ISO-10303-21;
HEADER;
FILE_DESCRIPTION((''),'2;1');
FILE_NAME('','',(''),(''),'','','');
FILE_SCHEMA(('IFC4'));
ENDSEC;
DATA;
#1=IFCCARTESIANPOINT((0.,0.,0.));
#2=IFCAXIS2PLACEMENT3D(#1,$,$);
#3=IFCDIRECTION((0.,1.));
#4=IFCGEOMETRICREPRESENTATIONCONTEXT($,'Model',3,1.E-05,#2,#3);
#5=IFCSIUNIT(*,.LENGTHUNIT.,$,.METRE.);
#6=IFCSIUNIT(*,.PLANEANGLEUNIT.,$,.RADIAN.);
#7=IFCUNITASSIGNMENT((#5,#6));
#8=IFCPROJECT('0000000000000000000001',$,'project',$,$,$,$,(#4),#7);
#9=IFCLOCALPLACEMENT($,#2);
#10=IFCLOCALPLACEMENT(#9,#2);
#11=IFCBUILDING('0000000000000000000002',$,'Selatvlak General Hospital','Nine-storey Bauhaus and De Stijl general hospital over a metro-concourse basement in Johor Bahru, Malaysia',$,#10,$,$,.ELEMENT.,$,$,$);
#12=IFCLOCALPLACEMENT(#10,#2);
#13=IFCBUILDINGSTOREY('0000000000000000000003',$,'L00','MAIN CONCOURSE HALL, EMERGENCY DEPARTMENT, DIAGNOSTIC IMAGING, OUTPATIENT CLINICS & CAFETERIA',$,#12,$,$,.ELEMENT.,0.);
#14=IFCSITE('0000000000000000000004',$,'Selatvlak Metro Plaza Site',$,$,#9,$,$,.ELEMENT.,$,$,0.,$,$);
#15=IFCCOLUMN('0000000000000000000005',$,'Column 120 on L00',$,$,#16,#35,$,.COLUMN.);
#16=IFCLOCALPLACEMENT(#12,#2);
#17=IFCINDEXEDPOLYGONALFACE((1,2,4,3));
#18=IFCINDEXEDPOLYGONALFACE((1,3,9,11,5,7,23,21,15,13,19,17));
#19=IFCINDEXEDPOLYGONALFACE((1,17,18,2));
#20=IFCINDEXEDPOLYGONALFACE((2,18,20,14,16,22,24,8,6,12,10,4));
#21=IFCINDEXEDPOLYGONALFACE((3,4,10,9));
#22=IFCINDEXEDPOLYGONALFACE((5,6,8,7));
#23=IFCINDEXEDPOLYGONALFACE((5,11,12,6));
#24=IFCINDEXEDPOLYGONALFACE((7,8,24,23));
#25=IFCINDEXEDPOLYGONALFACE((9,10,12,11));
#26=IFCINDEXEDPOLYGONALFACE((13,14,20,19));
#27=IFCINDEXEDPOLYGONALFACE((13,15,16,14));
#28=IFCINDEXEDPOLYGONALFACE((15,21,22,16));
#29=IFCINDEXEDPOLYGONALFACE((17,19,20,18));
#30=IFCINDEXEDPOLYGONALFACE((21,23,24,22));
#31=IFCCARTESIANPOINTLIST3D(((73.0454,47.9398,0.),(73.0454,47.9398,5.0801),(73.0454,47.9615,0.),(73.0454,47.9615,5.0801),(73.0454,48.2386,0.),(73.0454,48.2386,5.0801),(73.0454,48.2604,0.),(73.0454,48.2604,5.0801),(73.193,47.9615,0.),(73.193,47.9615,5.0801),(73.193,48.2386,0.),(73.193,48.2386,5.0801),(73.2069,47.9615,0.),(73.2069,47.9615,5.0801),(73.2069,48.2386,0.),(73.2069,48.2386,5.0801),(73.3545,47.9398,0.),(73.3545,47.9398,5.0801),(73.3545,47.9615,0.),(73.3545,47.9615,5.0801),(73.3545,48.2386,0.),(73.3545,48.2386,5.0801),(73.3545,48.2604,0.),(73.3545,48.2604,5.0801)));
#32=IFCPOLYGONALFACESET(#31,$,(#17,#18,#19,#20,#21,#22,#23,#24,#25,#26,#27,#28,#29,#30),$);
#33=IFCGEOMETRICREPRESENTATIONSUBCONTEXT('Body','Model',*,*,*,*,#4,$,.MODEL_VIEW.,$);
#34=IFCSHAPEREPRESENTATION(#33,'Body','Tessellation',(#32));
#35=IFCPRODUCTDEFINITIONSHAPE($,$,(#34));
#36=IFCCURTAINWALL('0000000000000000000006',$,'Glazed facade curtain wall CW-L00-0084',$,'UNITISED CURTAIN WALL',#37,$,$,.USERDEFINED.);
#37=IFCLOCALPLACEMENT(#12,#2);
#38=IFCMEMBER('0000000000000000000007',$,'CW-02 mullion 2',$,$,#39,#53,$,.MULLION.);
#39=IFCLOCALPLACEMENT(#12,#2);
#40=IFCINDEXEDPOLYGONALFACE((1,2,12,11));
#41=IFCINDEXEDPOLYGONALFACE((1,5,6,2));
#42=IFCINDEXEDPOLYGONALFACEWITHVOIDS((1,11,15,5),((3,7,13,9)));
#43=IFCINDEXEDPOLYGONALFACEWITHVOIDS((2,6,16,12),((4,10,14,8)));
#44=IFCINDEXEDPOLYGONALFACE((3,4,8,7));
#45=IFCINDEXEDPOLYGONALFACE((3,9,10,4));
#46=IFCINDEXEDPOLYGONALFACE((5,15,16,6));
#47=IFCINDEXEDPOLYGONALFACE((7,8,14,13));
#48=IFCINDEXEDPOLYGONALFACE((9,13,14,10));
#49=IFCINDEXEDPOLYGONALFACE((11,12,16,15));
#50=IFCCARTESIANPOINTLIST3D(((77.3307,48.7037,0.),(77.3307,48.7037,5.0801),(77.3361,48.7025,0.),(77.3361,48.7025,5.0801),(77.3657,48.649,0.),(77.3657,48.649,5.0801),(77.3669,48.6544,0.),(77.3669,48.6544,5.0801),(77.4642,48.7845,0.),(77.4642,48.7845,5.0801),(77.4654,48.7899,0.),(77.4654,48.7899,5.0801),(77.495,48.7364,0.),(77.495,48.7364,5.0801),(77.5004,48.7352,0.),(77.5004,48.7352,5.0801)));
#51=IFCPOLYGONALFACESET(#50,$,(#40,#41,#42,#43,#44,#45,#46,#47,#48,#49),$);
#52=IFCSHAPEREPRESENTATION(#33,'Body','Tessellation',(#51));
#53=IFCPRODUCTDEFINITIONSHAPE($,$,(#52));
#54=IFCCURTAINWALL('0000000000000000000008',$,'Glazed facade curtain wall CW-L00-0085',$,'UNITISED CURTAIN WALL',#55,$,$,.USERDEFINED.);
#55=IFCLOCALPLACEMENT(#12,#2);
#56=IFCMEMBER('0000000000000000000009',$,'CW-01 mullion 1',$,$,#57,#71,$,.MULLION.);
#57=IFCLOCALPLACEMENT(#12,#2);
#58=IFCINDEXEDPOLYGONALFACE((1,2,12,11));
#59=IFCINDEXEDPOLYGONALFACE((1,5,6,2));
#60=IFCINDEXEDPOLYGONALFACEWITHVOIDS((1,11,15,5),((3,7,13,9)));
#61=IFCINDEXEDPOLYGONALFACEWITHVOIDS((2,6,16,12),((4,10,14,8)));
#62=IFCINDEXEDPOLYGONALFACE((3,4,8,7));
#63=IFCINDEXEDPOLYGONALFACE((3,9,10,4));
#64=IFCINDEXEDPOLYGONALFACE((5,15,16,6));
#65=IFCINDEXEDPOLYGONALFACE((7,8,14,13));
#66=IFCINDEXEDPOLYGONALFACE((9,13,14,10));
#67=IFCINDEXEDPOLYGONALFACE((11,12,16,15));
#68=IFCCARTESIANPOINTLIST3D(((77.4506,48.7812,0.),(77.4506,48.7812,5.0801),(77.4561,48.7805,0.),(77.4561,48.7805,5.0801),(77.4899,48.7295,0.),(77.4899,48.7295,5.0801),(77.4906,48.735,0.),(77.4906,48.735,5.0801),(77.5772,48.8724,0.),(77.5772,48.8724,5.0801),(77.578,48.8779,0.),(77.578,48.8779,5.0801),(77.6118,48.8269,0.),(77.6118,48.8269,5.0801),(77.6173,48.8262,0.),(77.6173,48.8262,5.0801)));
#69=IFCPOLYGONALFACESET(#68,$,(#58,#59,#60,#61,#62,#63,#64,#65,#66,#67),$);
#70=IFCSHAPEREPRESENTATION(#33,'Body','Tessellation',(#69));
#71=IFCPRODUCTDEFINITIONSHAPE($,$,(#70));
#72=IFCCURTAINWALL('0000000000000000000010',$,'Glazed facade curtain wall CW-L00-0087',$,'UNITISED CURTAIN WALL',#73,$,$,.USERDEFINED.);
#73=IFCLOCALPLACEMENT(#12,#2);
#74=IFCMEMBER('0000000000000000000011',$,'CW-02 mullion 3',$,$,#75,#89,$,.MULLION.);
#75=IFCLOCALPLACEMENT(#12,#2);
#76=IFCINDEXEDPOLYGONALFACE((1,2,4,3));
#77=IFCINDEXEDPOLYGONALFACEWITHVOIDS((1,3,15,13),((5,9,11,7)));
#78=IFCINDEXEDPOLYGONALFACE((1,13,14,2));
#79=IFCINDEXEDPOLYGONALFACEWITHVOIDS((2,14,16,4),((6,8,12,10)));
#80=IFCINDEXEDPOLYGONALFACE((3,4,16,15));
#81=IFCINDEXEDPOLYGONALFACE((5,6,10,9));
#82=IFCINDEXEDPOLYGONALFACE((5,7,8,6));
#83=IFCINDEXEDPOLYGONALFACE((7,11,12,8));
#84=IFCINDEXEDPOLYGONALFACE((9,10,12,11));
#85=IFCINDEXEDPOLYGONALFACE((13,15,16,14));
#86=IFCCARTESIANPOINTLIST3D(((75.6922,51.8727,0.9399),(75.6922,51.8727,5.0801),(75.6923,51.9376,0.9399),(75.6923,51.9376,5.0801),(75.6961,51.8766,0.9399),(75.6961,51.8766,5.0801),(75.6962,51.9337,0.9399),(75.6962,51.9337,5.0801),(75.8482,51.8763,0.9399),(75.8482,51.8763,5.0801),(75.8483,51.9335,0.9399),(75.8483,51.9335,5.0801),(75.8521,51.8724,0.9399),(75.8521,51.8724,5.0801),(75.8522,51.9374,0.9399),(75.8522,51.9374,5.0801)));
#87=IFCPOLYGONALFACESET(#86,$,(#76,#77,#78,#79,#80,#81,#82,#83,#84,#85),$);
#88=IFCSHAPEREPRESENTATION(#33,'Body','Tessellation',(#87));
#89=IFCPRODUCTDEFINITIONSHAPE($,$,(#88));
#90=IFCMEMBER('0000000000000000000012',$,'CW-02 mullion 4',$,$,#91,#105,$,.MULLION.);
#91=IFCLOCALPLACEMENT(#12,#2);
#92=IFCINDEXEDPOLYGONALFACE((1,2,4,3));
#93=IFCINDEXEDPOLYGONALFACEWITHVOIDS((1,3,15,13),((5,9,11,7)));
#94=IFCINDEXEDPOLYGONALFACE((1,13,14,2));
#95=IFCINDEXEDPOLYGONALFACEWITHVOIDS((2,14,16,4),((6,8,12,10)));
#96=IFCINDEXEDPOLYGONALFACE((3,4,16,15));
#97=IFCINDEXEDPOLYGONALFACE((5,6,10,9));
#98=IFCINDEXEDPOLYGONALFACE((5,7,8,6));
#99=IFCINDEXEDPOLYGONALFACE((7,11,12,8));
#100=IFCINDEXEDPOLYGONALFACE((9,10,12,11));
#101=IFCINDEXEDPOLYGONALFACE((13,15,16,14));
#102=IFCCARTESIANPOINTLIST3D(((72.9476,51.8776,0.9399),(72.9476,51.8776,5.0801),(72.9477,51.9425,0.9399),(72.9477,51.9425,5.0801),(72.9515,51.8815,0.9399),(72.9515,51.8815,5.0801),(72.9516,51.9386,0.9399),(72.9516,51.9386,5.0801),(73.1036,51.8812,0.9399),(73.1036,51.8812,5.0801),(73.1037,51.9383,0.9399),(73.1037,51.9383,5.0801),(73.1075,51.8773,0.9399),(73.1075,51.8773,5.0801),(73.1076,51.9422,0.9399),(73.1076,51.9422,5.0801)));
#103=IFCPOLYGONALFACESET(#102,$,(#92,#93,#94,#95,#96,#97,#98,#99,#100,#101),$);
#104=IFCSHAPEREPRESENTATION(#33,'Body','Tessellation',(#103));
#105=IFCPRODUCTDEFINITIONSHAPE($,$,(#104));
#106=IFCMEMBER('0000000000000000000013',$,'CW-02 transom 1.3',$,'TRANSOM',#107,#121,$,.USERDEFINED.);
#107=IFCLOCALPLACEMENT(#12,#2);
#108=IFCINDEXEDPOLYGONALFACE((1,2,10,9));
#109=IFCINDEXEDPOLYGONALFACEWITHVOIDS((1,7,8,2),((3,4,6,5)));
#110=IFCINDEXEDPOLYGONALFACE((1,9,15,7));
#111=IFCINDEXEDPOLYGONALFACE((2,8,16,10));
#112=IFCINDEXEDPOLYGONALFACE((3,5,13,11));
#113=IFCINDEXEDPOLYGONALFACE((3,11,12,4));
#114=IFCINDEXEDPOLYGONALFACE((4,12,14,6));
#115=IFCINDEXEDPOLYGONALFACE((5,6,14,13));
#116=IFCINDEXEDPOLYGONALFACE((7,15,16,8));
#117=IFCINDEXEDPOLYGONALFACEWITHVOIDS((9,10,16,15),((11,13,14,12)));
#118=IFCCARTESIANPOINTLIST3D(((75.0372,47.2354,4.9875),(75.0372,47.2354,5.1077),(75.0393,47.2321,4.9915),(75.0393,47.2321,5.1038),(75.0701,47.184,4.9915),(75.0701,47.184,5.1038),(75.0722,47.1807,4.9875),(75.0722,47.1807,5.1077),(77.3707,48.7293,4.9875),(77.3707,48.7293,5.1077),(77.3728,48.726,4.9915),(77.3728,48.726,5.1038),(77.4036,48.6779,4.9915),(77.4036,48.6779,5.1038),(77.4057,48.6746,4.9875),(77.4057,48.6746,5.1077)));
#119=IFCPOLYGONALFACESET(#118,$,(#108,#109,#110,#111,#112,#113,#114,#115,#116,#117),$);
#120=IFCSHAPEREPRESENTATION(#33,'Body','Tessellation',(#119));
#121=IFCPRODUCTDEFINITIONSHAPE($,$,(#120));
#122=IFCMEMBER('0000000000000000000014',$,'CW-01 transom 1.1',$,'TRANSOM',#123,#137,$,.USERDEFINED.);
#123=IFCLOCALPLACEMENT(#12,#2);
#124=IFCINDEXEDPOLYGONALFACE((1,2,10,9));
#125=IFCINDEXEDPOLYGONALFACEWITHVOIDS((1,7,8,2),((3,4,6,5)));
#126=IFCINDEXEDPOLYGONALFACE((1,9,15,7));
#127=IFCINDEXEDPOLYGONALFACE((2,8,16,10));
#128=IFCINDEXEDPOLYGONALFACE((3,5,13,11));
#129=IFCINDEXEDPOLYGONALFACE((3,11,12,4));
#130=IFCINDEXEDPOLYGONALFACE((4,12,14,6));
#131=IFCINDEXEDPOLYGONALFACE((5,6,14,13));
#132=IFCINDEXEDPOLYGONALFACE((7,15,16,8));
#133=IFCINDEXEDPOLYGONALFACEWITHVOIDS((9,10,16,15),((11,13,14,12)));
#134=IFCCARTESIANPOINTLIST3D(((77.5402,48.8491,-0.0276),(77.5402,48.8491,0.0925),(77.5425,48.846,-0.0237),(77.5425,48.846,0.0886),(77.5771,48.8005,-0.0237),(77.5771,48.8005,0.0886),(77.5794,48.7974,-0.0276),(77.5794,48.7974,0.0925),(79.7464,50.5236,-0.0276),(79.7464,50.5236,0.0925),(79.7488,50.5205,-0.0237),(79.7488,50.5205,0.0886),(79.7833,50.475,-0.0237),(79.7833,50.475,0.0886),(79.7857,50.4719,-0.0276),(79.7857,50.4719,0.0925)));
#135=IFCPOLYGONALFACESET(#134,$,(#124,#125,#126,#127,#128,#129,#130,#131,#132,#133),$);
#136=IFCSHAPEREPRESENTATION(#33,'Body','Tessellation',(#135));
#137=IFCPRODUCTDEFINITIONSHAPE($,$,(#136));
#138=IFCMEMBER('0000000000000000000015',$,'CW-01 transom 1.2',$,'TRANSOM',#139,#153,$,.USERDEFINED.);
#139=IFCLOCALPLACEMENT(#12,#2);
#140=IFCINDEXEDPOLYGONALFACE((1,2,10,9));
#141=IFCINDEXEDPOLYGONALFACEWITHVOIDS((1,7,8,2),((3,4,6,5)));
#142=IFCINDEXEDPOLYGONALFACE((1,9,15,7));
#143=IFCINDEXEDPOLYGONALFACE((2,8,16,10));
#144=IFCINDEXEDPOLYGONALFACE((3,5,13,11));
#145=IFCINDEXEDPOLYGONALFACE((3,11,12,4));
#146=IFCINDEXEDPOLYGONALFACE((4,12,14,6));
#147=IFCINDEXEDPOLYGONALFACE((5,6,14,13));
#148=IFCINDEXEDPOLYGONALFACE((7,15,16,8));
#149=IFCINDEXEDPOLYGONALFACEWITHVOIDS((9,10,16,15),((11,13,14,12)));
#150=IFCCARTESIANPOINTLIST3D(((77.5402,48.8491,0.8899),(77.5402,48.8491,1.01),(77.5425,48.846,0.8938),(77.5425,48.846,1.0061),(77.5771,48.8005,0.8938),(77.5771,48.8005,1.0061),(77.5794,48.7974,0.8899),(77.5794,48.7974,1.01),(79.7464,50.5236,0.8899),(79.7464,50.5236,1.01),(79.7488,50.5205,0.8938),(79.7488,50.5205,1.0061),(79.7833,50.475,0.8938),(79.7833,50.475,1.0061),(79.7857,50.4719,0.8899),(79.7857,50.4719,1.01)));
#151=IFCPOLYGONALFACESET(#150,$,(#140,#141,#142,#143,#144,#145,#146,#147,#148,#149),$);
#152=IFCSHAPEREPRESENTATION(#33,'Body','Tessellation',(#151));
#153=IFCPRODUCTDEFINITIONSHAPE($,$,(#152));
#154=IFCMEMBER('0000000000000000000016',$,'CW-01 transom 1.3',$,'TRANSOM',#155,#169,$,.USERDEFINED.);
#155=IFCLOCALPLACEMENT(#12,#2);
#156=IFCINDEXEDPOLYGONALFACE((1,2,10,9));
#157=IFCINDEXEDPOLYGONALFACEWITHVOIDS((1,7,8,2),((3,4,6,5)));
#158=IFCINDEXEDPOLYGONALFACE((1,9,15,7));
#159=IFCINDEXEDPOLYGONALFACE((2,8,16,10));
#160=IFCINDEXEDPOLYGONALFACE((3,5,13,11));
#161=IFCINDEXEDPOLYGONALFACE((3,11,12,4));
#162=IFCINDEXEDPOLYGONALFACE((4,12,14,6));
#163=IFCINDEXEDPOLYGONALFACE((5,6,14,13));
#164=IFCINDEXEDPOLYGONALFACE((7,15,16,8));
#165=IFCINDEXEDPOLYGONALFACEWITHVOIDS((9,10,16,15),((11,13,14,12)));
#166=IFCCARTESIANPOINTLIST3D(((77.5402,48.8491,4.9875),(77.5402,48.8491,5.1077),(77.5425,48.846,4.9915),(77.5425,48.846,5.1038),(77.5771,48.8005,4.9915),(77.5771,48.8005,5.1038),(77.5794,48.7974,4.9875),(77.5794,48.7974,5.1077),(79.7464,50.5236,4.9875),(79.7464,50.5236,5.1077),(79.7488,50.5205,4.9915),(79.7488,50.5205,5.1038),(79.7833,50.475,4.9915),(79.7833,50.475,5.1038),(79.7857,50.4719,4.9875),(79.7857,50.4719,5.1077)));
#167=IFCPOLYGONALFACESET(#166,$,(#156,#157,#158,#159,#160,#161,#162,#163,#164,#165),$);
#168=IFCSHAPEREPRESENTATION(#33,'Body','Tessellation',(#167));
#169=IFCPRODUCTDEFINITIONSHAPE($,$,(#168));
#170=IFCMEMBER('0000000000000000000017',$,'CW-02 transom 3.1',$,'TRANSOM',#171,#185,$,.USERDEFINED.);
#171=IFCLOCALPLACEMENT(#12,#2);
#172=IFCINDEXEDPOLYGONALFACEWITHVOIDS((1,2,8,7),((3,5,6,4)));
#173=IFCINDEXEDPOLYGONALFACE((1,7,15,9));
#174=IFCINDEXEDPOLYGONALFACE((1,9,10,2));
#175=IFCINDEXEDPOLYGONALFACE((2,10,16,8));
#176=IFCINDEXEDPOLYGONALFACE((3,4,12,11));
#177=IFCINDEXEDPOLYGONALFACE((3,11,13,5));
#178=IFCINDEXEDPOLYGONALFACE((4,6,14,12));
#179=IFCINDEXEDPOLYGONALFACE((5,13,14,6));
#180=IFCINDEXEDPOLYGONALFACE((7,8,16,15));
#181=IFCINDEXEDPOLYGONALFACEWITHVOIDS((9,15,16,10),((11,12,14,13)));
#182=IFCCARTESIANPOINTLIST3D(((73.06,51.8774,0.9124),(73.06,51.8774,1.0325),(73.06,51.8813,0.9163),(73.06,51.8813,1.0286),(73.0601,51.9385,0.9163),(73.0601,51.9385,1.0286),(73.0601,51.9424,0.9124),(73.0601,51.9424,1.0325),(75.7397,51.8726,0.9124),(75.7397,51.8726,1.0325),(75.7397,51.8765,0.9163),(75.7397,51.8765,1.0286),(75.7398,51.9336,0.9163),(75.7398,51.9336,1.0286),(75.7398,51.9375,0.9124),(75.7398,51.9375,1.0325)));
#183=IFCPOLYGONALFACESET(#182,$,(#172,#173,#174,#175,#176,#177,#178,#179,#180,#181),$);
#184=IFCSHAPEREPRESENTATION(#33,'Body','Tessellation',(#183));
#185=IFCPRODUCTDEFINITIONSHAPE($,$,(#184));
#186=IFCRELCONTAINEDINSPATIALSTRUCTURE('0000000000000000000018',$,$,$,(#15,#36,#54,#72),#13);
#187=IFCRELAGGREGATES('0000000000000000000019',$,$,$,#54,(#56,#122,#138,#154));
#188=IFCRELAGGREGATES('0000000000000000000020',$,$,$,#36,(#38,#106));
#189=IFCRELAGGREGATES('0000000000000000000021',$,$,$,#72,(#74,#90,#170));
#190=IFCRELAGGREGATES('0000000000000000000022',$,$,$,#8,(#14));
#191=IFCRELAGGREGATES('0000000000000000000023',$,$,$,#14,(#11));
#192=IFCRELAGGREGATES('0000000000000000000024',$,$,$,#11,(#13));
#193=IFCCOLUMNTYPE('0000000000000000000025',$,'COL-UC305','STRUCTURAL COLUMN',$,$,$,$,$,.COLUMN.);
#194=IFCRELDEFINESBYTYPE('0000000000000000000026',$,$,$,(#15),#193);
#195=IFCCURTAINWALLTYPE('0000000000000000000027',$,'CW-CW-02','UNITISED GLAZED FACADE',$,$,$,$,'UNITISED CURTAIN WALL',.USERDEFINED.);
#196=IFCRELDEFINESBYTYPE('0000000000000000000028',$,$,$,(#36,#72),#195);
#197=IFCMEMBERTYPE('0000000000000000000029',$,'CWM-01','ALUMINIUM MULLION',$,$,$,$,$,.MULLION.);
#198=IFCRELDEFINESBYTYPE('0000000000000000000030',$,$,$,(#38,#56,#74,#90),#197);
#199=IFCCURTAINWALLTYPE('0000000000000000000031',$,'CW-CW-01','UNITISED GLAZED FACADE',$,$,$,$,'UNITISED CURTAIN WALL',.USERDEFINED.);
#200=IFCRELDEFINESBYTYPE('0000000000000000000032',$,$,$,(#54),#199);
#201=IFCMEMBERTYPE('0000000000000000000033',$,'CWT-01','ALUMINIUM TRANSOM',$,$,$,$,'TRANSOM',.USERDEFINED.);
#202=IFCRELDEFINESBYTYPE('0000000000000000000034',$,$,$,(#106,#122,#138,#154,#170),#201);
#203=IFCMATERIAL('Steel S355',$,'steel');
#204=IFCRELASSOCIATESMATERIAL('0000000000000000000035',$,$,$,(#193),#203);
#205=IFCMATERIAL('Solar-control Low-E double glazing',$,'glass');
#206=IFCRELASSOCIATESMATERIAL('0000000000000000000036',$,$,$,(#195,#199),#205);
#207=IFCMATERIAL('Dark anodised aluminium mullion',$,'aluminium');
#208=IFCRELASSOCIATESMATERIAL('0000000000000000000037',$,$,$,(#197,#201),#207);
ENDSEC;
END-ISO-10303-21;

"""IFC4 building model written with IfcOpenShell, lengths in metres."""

from ifc_helpers import new_model, si_unit, direction, frame, origin, origin_2d, place, context, subcontext, project, spatial, hollow_rectangle, i_section, extrude, material, material_profile, profile_set, type_object, element, aggregate, save


model = new_model("IFC4")

# Units and contexts
model_context = context("Model", 3, precision=1e-05, world=origin(), true_north=direction((0.0, 1.0)))
body_context = subcontext(model_context, "Body", "Model", "MODEL_VIEW")
ifc_project = project(units=[si_unit("LENGTHUNIT", "METRE"), si_unit("PLANEANGLEUNIT", "RADIAN")], contexts=[model_context])

# Site, building, storey
site_placement = place(None, origin())
site = spatial("IfcSite", under=ifc_project, at=site_placement, Name="Selatvlak Metro Plaza Site", CompositionType="ELEMENT", RefElevation=0.0)
building_placement = place(site_placement, origin())
building = spatial("IfcBuilding", under=site, at=building_placement, Name="Selatvlak General Hospital", Description="Nine-storey Bauhaus and De Stijl general hospital over a metro-concourse basement in Johor Bahru, Malaysia", CompositionType="ELEMENT")
storey_placement = place(building_placement, origin())
storey = spatial("IfcBuildingStorey", under=building, at=storey_placement, Name="L00", Description="MAIN CONCOURSE HALL, EMERGENCY DEPARTMENT, DIAGNOSTIC IMAGING, OUTPATIENT CLINICS & CAFETERIA", CompositionType="ELEMENT", Elevation=0.0)

# Column
ifc_material_1 = material(Name="Steel S355", Category="steel")
ifc_material_profile_1 = material_profile(ifc_material_1, i_section(OverallWidth=0.3091, OverallDepth=0.3206, WebThickness=0.0139, FlangeThickness=0.0217, at=origin_2d()), Name="UC 305x305x137")
ifc_profile_set_1 = profile_set([ifc_material_profile_1], Name="Steel S355")
column_type = type_object("IfcColumnType", Name="COL-UC305", Description="STRUCTURAL COLUMN", PredefinedType="COLUMN", material=ifc_profile_set_1)
column_placement = place(storey_placement, frame((73.2, 48.1001, 0.0), z_axis=(0.0, 0.0, 1.0), x_axis=(1.0, 0.0, 0.0)))
element("IfcColumn", 1, at=column_placement, inside=storey, type_object=column_type, Name="Column 120 on L00", PredefinedType="COLUMN", context=body_context, shape_type="SweptSolid", body=[
    extrude(i_section(OverallWidth=0.3091, OverallDepth=0.3206, WebThickness=0.0139, FlangeThickness=0.0217, at=origin_2d()), origin(), (0.0, 0.0, 1.0), 5.0801),
])

# Curtain walls, members
ifc_material_2 = material(Name="Solar-control Low-E double glazing", Category="glass")
curtain_wall_type_1 = type_object("IfcCurtainWallType", Name="CW-CW-02", Description="UNITISED GLAZED FACADE", ElementType="UNITISED CURTAIN WALL", PredefinedType="USERDEFINED", material=ifc_material_2)
curtain_wall_1_placement = place(storey_placement, origin())
curtain_wall_1 = element("IfcCurtainWall", 2, at=curtain_wall_1_placement, inside=storey, type_object=curtain_wall_type_1, Name="Glazed facade curtain wall CW-L00-0084", ObjectType="UNITISED CURTAIN WALL", PredefinedType="USERDEFINED")
ifc_material_3 = material(Name="Dark anodised aluminium mullion", Category="aluminium")
ifc_material_profile_2 = material_profile(ifc_material_3, hollow_rectangle(XDim=0.0649, YDim=0.1599, WallThickness=0.0039, at=origin_2d()), Name="AL-MUL 65x160x4")
ifc_profile_set_2 = profile_set([ifc_material_profile_2], Name="Dark anodised aluminium mullion")
member_type_1 = type_object("IfcMemberType", Name="CWM-01", Description="ALUMINIUM MULLION", PredefinedType="MULLION", material=ifc_profile_set_2)
member_1_placement = place(storey_placement, frame((77.4155, 48.7195, 0.0), z_axis=(0.0, 0.0, 1.0), x_axis=(-0.539171, 0.842196, 0.0)))
member_1 = element("IfcMember", 3, at=member_1_placement, type_object=member_type_1, Name="CW-02 mullion 2", PredefinedType="MULLION", context=body_context, shape_type="SweptSolid", body=[
    extrude(hollow_rectangle(XDim=0.0649, YDim=0.1599, WallThickness=0.0039, at=origin_2d()), origin(), (0.0, 0.0, 1.0), 5.0801),
])
curtain_wall_type_2 = type_object("IfcCurtainWallType", Name="CW-CW-01", Description="UNITISED GLAZED FACADE", ElementType="UNITISED CURTAIN WALL", PredefinedType="USERDEFINED", material=ifc_material_2)
curtain_wall_2_placement = place(storey_placement, origin())
curtain_wall_2 = element("IfcCurtainWall", 4, at=curtain_wall_2_placement, inside=storey, type_object=curtain_wall_type_2, Name="Glazed facade curtain wall CW-L00-0085", ObjectType="UNITISED CURTAIN WALL", PredefinedType="USERDEFINED")
member_2_placement = place(storey_placement, frame((77.5339, 48.8037, 0.0), z_axis=(0.0, 0.0, 1.0), x_axis=(-0.604515, 0.796594, 0.0)))
member_2 = element("IfcMember", 5, at=member_2_placement, type_object=member_type_1, Name="CW-01 mullion 1", PredefinedType="MULLION", context=body_context, shape_type="SweptSolid", body=[
    extrude(hollow_rectangle(XDim=0.0649, YDim=0.1599, WallThickness=0.0039, at=origin_2d()), origin(), (0.0, 0.0, 1.0), 5.0801),
])

# Curtain wall, members
curtain_wall_3_placement = place(storey_placement, origin())
curtain_wall_3 = element("IfcCurtainWall", 6, at=curtain_wall_3_placement, inside=storey, type_object=curtain_wall_type_1, Name="Glazed facade curtain wall CW-L00-0087", ObjectType="UNITISED CURTAIN WALL", PredefinedType="USERDEFINED")
member_3_placement = place(storey_placement, frame((75.7722, 51.905, 0.9399), z_axis=(0.0, 0.0, 1.0), x_axis=(-0.0018, -0.999998, 0.0)))
member_3 = element("IfcMember", 7, at=member_3_placement, type_object=member_type_1, Name="CW-02 mullion 3", PredefinedType="MULLION", context=body_context, shape_type="SweptSolid", body=[
    extrude(hollow_rectangle(XDim=0.0649, YDim=0.1599, WallThickness=0.0039, at=origin_2d()), origin(), (0.0, 0.0, 1.0), 4.1401),
])
member_4_placement = place(storey_placement, frame((73.0276, 51.9099, 0.9399), z_axis=(0.0, 0.0, 1.0), x_axis=(-0.0018, -0.999998, 0.0)))
member_4 = element("IfcMember", 8, at=member_4_placement, type_object=member_type_1, Name="CW-02 mullion 4", PredefinedType="MULLION", context=body_context, shape_type="SweptSolid", body=[
    extrude(hollow_rectangle(XDim=0.0649, YDim=0.1599, WallThickness=0.0039, at=origin_2d()), origin(), (0.0, 0.0, 1.0), 4.1401),
])

# Members
ifc_material_profile_3 = material_profile(ifc_material_3, hollow_rectangle(XDim=0.0649, YDim=0.1201, WallThickness=0.0039, at=origin_2d()), Name="AL-TRN 65x120x4")
ifc_profile_set_3 = profile_set([ifc_material_profile_3], Name="Dark anodised aluminium mullion")
member_type_2 = type_object("IfcMemberType", Name="CWT-01", Description="ALUMINIUM TRANSOM", ElementType="TRANSOM", PredefinedType="USERDEFINED", material=ifc_profile_set_3)
member_5_placement = place(storey_placement, frame((75.0547, 47.208, 5.0476), z_axis=(0.842196, 0.539171, 0.0), x_axis=(-0.539171, 0.842196, 0.0)))
member_5 = element("IfcMember", 9, at=member_5_placement, type_object=member_type_2, Name="CW-02 transom 1.3", ObjectType="TRANSOM", PredefinedType="USERDEFINED", context=body_context, shape_type="SweptSolid", body=[
    extrude(hollow_rectangle(XDim=0.0649, YDim=0.1201, WallThickness=0.0039, at=origin_2d()), origin(), (0.0, 0.0, 1.0), 2.7708),
])
member_6_placement = place(storey_placement, frame((77.5598, 48.8232, 0.0325), z_axis=(0.796549, 0.604574, 0.0), x_axis=(-0.604574, 0.796549, 0.0)))
member_6 = element("IfcMember", 10, at=member_6_placement, type_object=member_type_2, Name="CW-01 transom 1.1", ObjectType="TRANSOM", PredefinedType="USERDEFINED", context=body_context, shape_type="SweptSolid", body=[
    extrude(hollow_rectangle(XDim=0.0649, YDim=0.1201, WallThickness=0.0039, at=origin_2d()), origin(), (0.0, 0.0, 1.0), 2.7698),
])
member_7_placement = place(storey_placement, frame((77.5598, 48.8232, 0.95), z_axis=(0.796549, 0.604574, 0.0), x_axis=(-0.604574, 0.796549, 0.0)))
member_7 = element("IfcMember", 11, at=member_7_placement, type_object=member_type_2, Name="CW-01 transom 1.2", ObjectType="TRANSOM", PredefinedType="USERDEFINED", context=body_context, shape_type="SweptSolid", body=[
    extrude(hollow_rectangle(XDim=0.0649, YDim=0.1201, WallThickness=0.0039, at=origin_2d()), origin(), (0.0, 0.0, 1.0), 2.7698),
])
member_8_placement = place(storey_placement, frame((77.5598, 48.8232, 5.0476), z_axis=(0.796549, 0.604574, 0.0), x_axis=(-0.604574, 0.796549, 0.0)))
member_8 = element("IfcMember", 12, at=member_8_placement, type_object=member_type_2, Name="CW-01 transom 1.3", ObjectType="TRANSOM", PredefinedType="USERDEFINED", context=body_context, shape_type="SweptSolid", body=[
    extrude(hollow_rectangle(XDim=0.0649, YDim=0.1201, WallThickness=0.0039, at=origin_2d()), origin(), (0.0, 0.0, 1.0), 2.7698),
])
aggregate(curtain_wall_2, [member_2, member_6, member_7, member_8])
member_9_placement = place(storey_placement, frame((75.7397, 51.905, 0.9724), z_axis=(-0.999998, 0.001822, 0.0), x_axis=(-0.001822, -0.999998, 0.0)))
member_9 = element("IfcMember", 13, at=member_9_placement, type_object=member_type_2, Name="CW-02 transom 3.1", ObjectType="TRANSOM", PredefinedType="USERDEFINED", context=body_context, shape_type="SweptSolid", body=[
    extrude(hollow_rectangle(XDim=0.0649, YDim=0.1201, WallThickness=0.0039, at=origin_2d()), origin(), (0.0, 0.0, 1.0), 2.6797),
])

aggregate(curtain_wall_1, [member_1, member_5])
aggregate(curtain_wall_3, [member_3, member_4, member_9])

save(model, "model.ifc")
